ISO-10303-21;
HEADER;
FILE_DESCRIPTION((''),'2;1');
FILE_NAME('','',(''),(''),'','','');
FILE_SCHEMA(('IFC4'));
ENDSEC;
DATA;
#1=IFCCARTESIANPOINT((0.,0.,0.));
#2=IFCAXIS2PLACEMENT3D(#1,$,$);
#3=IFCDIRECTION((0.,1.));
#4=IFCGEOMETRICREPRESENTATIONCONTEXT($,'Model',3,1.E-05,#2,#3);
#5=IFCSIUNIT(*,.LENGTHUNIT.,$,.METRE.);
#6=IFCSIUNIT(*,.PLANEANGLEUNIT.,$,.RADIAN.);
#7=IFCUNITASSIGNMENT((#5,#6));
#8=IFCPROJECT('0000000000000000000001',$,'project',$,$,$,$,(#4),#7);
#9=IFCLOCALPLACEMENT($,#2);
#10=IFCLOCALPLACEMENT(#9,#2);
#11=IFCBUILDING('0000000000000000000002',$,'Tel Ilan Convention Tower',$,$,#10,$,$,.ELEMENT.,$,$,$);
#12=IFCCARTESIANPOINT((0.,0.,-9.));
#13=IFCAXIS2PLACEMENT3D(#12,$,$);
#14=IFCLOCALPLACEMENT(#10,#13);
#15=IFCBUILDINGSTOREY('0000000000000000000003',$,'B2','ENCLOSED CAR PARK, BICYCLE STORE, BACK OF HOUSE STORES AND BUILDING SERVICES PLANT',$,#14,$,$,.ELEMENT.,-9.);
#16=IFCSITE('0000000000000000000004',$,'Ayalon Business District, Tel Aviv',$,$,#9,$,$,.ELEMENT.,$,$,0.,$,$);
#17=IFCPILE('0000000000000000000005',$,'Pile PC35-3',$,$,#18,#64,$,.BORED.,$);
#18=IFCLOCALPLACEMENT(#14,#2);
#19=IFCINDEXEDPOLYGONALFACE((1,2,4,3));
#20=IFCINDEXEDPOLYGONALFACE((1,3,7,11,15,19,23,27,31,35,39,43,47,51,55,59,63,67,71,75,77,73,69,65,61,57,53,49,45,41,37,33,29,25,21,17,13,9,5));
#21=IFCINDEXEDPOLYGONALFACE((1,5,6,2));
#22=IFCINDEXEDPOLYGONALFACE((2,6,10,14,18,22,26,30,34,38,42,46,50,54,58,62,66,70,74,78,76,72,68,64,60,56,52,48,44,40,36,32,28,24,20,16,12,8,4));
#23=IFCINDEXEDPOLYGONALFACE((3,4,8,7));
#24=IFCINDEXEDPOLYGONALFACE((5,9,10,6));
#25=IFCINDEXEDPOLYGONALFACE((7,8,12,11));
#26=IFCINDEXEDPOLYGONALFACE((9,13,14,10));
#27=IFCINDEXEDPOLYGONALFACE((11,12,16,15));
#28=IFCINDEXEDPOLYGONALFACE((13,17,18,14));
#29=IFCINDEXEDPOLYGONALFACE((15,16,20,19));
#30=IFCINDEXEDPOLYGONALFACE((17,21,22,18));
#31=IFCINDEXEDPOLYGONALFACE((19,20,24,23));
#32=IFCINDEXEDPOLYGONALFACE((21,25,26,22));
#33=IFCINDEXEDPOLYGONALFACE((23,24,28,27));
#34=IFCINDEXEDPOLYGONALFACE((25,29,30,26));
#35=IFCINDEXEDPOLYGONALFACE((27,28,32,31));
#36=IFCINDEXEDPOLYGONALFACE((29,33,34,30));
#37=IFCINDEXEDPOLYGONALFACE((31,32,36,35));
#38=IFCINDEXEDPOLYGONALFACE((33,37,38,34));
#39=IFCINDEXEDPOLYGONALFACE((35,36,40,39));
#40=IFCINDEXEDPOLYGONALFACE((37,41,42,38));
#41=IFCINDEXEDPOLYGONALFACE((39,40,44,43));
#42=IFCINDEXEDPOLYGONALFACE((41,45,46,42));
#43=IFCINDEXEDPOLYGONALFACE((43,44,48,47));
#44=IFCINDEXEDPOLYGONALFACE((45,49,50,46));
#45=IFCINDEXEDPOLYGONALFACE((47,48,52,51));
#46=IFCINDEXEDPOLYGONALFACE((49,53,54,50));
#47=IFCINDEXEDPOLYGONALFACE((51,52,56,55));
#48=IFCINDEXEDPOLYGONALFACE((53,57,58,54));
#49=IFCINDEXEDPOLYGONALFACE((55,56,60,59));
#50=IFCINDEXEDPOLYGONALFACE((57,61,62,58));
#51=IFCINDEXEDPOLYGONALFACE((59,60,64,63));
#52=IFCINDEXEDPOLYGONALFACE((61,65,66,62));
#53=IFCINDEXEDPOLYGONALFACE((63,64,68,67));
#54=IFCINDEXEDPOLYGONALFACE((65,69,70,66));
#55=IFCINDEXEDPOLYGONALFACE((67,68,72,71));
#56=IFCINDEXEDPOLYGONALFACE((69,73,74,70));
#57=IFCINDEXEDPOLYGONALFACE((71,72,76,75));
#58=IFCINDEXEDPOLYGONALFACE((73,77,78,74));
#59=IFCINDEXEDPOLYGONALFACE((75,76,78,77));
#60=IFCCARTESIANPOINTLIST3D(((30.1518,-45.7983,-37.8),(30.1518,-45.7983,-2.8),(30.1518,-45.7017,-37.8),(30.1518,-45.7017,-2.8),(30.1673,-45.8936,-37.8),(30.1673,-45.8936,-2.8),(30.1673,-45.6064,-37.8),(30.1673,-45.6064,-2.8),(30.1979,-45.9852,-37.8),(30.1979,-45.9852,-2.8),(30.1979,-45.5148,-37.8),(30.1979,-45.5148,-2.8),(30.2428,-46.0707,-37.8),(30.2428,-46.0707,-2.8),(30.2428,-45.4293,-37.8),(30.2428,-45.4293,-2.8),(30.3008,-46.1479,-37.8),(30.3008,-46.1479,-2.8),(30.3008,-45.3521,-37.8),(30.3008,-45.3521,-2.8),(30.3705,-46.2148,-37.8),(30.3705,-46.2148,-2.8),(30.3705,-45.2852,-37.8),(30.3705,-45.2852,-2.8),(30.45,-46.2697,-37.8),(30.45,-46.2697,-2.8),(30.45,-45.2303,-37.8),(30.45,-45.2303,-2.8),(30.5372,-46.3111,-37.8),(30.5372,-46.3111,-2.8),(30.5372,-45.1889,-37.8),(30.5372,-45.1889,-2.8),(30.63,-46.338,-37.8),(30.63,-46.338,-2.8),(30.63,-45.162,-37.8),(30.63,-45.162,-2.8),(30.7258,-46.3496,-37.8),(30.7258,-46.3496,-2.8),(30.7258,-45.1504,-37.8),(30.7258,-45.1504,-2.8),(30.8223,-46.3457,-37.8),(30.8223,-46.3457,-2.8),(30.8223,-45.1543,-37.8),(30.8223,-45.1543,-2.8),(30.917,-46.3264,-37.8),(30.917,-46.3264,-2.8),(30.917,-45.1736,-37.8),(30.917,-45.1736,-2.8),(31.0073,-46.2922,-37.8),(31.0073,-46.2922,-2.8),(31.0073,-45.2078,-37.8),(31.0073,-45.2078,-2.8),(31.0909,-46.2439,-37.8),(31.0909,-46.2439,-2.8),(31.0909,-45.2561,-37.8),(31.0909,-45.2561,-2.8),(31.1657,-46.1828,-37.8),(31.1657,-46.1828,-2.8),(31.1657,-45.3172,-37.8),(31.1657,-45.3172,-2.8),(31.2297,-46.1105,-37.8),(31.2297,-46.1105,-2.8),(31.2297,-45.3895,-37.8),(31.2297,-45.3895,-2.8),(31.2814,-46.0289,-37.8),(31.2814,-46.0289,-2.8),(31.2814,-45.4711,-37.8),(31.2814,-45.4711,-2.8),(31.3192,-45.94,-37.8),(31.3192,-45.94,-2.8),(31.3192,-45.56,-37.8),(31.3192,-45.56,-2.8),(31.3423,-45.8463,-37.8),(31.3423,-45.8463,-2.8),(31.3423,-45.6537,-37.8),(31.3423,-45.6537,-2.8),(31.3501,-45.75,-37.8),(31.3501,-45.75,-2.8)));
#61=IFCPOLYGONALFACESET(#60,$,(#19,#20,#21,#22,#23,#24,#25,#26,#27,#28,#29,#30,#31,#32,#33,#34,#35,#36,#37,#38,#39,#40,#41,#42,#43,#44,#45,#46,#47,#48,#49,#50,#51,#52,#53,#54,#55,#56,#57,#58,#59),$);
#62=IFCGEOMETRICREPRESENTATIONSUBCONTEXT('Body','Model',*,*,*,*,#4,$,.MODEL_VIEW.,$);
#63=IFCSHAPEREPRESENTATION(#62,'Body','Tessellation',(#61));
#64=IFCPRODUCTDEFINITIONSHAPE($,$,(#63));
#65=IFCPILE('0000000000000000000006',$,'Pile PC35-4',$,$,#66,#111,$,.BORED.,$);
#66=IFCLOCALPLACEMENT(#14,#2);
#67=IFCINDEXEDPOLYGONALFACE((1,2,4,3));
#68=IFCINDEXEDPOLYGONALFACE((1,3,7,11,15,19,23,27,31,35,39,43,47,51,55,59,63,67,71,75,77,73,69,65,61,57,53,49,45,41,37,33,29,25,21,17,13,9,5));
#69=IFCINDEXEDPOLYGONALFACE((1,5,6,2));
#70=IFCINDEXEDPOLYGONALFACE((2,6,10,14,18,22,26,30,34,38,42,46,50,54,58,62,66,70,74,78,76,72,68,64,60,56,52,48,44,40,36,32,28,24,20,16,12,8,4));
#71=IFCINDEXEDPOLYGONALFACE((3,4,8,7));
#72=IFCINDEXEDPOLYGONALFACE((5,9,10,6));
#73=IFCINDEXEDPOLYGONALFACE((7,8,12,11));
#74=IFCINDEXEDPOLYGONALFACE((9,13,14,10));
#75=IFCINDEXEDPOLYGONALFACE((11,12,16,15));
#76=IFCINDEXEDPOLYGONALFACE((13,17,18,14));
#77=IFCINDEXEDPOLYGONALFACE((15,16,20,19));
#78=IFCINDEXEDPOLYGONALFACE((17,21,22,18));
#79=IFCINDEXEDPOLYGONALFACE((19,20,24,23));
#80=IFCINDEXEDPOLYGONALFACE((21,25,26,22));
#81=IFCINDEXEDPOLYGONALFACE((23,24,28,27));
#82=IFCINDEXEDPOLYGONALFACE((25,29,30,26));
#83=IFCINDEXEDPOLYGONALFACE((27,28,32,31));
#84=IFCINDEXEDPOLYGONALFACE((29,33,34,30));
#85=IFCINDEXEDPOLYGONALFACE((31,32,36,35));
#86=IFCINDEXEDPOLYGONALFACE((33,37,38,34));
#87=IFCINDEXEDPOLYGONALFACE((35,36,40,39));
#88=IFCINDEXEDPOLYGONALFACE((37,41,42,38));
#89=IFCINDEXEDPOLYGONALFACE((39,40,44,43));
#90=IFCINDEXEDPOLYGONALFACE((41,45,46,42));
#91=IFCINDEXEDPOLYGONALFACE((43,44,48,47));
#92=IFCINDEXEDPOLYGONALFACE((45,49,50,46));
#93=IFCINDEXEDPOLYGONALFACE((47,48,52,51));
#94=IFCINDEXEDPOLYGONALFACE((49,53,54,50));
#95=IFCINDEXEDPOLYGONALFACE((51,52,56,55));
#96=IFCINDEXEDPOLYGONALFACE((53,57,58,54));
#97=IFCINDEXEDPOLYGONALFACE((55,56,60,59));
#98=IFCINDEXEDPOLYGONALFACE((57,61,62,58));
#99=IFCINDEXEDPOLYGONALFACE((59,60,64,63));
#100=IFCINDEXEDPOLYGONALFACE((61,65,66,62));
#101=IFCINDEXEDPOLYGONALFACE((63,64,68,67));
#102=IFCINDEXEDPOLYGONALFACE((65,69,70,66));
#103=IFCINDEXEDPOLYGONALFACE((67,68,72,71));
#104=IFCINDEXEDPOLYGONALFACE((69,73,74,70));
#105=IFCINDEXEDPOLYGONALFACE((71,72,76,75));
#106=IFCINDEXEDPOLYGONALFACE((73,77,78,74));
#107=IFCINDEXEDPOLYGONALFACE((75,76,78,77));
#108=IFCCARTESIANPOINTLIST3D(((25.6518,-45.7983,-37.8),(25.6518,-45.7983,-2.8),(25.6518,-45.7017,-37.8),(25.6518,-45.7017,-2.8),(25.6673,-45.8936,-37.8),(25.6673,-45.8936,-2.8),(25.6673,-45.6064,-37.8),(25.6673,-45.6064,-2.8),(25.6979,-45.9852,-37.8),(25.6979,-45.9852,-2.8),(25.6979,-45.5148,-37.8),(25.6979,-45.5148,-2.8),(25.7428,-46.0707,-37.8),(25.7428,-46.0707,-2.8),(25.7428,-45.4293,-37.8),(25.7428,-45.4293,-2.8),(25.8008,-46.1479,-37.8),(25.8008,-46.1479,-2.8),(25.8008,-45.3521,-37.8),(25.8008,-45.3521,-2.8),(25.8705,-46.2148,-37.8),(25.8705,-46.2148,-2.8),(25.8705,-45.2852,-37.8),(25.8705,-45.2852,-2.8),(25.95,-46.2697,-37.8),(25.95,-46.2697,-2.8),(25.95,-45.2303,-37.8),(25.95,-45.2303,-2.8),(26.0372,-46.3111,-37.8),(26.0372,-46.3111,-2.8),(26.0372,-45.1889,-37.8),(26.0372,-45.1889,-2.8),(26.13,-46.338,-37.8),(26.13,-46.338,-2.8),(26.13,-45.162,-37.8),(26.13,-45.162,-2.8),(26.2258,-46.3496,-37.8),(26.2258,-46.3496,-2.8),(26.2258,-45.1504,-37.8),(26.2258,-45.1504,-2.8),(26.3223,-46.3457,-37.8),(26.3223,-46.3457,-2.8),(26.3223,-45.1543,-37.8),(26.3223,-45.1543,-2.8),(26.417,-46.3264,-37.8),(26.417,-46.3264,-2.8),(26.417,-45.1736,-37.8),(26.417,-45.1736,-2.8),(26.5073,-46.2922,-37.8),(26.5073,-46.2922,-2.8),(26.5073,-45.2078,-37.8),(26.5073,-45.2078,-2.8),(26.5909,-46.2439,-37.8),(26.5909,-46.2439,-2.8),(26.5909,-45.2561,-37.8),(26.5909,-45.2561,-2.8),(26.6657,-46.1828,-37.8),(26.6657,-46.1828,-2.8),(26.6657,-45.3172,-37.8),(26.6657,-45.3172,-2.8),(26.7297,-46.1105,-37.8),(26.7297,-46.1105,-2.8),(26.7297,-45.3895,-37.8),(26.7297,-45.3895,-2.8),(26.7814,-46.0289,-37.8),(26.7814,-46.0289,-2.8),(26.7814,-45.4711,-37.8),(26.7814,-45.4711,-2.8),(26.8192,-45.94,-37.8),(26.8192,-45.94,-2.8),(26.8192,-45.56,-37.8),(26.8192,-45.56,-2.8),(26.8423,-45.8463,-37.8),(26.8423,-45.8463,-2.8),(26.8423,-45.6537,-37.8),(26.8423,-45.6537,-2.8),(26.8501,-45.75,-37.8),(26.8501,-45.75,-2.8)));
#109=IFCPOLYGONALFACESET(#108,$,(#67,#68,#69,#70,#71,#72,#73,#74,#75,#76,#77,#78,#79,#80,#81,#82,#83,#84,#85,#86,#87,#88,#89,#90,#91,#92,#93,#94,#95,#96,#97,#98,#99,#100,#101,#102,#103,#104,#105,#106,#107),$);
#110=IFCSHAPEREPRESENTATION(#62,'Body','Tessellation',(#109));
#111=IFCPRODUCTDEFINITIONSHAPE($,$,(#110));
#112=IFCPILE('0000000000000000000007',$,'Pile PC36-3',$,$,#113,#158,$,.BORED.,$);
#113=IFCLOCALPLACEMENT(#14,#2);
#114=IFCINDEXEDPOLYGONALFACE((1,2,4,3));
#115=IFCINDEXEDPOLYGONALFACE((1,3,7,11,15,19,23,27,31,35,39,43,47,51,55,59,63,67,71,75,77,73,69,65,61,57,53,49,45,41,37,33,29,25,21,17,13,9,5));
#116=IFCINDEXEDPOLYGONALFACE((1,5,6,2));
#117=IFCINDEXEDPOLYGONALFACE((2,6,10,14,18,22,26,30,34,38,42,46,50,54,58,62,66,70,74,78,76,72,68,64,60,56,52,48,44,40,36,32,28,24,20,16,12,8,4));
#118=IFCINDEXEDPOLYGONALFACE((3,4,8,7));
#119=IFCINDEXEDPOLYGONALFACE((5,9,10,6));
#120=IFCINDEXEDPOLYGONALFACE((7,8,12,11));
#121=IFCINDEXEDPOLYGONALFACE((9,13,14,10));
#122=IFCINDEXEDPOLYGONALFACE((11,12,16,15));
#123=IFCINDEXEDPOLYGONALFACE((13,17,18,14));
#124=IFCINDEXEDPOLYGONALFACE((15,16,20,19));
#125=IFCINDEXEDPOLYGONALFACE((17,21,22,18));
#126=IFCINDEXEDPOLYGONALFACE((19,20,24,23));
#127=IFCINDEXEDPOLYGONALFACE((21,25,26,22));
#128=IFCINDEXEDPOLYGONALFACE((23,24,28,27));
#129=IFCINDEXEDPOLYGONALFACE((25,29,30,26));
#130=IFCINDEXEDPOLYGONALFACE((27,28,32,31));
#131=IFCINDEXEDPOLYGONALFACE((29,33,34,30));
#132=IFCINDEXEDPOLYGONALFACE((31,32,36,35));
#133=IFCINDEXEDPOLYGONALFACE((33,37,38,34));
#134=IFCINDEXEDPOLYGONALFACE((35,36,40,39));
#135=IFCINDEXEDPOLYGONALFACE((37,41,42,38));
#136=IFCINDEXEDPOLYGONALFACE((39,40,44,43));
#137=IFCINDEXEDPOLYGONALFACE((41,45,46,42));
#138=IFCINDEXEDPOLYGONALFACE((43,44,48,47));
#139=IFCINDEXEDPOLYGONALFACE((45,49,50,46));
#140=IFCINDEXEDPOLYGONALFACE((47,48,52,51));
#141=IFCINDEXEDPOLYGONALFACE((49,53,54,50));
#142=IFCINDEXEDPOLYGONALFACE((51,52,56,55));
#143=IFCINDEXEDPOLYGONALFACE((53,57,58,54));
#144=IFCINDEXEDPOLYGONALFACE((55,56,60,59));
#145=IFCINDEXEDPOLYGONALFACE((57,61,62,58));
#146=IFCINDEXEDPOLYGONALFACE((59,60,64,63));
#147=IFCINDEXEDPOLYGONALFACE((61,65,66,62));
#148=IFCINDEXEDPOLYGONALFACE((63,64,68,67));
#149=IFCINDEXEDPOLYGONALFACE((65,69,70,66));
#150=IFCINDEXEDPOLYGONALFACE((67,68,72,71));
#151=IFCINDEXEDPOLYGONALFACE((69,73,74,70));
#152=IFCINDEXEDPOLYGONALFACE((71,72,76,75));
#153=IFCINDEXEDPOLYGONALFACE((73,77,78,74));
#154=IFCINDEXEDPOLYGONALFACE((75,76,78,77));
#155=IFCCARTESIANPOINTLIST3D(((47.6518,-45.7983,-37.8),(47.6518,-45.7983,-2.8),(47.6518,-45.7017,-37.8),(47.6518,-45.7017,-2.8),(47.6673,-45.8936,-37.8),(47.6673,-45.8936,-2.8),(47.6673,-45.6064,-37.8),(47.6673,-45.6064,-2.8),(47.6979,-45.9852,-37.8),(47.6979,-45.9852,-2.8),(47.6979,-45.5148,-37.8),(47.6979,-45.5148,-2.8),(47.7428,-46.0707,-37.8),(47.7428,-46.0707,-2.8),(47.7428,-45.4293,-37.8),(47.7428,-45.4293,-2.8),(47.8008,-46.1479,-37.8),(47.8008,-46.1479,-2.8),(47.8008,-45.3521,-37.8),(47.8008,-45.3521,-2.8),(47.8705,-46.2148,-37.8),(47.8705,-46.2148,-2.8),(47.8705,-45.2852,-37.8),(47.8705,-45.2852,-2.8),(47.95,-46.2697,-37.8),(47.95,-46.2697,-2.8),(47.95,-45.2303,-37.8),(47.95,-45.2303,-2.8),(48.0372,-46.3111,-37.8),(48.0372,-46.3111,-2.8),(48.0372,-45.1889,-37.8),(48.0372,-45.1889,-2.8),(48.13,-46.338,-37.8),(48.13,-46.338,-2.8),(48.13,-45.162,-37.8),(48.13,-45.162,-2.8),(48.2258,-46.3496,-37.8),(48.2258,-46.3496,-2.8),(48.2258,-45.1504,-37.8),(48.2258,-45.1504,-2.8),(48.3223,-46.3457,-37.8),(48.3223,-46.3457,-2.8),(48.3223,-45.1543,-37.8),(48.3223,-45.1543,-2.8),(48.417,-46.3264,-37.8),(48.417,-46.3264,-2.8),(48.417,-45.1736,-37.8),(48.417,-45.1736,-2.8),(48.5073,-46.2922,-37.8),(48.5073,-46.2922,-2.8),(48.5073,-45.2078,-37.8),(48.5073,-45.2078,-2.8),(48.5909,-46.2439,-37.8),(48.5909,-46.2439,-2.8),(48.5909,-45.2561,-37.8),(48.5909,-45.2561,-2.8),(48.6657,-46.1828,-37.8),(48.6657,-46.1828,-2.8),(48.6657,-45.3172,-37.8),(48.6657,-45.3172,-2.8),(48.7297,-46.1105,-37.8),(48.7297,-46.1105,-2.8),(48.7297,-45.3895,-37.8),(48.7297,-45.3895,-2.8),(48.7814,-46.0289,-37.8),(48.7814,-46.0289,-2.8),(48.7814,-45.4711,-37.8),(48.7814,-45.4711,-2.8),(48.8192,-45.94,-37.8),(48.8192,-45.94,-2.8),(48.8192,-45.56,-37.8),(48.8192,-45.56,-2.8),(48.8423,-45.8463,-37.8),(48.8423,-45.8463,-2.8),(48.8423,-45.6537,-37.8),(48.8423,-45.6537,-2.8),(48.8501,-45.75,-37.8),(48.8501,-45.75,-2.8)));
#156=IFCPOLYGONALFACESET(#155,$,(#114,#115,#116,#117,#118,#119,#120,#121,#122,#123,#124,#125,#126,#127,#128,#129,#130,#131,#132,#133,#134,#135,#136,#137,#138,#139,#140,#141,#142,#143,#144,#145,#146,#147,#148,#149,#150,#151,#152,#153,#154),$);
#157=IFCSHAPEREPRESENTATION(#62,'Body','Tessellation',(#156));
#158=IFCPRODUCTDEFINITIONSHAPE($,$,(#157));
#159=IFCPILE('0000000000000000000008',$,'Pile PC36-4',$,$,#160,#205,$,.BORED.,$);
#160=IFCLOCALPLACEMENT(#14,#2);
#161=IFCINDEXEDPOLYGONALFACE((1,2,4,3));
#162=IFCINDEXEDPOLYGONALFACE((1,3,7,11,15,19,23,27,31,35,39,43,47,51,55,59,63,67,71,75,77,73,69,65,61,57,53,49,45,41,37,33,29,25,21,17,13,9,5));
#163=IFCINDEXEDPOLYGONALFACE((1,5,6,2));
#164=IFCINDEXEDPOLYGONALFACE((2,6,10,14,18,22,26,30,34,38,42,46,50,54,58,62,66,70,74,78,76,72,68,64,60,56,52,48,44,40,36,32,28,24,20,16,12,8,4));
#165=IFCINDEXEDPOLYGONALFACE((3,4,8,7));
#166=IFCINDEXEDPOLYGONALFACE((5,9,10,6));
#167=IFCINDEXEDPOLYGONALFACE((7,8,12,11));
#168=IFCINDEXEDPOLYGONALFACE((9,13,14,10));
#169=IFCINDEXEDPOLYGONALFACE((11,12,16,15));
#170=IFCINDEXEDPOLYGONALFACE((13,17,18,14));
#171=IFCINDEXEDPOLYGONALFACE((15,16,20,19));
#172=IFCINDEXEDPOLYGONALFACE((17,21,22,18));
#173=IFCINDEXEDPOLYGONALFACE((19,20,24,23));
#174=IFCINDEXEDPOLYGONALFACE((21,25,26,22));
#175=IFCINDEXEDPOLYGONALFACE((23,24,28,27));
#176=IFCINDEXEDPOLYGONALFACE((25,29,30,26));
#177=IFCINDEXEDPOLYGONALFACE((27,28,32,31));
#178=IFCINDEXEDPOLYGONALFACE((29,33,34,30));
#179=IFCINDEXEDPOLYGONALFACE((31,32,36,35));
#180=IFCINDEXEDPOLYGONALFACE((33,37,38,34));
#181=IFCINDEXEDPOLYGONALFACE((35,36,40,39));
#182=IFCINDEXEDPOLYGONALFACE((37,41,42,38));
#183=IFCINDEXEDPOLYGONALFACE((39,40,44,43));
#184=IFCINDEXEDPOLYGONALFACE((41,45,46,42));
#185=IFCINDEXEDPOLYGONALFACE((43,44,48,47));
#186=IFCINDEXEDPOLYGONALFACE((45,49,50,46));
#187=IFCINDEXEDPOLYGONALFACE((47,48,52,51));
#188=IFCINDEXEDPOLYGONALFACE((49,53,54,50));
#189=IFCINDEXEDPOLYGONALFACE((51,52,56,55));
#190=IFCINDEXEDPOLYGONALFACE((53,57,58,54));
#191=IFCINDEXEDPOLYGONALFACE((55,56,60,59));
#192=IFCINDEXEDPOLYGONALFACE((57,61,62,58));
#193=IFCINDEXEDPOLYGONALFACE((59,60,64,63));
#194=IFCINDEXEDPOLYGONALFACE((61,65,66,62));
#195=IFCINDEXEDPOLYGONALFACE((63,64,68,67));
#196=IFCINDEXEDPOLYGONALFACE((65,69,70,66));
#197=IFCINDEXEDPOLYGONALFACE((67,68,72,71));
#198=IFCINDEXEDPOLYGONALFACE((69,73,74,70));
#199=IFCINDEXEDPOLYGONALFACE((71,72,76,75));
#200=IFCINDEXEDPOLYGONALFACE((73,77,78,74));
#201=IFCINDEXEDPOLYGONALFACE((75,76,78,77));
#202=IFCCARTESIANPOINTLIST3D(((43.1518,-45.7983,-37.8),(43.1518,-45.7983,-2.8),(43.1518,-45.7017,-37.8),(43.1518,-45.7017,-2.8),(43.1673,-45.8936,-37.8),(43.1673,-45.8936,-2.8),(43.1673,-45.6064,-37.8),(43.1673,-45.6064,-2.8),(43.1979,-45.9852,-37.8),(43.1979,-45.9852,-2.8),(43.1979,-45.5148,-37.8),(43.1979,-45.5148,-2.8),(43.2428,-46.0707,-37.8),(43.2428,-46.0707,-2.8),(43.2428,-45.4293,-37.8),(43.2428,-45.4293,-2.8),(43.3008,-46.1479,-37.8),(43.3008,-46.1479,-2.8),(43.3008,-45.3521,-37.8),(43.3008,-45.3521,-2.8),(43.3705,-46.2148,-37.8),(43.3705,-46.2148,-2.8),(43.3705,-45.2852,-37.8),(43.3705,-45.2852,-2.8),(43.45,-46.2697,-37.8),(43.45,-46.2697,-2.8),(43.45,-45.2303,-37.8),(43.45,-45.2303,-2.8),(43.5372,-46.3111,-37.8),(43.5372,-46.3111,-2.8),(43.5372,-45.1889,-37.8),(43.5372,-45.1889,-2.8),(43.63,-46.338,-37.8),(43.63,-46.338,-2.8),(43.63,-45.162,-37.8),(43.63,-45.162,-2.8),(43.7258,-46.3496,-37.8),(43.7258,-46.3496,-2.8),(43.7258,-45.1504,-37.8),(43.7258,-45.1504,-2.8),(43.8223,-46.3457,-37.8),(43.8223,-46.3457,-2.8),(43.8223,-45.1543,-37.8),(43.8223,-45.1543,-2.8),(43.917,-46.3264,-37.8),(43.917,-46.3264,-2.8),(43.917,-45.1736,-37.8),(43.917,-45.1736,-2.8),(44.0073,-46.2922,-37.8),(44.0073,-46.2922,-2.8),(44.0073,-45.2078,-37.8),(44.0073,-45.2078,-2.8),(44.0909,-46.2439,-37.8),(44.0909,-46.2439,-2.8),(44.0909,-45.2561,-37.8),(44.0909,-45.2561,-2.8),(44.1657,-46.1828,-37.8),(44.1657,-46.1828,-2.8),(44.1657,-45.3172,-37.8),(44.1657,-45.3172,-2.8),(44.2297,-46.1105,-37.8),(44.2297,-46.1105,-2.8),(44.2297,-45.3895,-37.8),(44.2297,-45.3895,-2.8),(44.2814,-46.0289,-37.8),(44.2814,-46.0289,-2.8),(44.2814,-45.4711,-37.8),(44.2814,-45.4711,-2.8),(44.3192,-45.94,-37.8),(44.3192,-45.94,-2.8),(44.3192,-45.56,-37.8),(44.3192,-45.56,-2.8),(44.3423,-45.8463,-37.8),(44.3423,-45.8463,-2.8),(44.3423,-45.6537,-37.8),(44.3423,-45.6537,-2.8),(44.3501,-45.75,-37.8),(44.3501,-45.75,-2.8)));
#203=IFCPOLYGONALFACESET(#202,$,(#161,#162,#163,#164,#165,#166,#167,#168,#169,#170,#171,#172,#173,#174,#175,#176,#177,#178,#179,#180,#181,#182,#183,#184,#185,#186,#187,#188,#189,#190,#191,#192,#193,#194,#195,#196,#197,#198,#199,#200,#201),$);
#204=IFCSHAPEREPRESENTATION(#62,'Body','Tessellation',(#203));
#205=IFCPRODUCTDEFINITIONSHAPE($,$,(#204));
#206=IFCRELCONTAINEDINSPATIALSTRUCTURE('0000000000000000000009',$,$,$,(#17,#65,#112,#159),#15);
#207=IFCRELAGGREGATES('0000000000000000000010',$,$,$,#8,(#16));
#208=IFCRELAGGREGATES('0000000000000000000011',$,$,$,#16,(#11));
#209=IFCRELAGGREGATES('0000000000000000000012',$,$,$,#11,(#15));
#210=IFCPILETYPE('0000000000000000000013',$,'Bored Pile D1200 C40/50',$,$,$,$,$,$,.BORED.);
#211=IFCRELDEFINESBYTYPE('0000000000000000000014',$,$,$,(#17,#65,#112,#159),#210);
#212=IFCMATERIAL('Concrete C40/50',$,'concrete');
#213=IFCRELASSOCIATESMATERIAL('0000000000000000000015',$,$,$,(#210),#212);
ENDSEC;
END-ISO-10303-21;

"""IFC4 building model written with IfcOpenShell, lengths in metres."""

from ifc_helpers import new_model, si_unit, direction, frame, origin, origin_2d, place, context, subcontext, project, spatial, circle, extrude, material, material_profile, profile_set, type_object, element, save


model = new_model("IFC4")

# Units and contexts
model_context = context("Model", 3, precision=1e-05, world=origin(), true_north=direction((0.0, 1.0)))
body_context = subcontext(model_context, "Body", "Model", "MODEL_VIEW")
ifc_project = project(units=[si_unit("LENGTHUNIT", "METRE"), si_unit("PLANEANGLEUNIT", "RADIAN")], contexts=[model_context])

# Site, building, storey
site_placement = place(None, origin())
site = spatial("IfcSite", under=ifc_project, at=site_placement, Name="Ayalon Business District, Tel Aviv", CompositionType="ELEMENT", RefElevation=0.0)
building_placement = place(site_placement, origin())
building = spatial("IfcBuilding", under=site, at=building_placement, Name="Tel Ilan Convention Tower", CompositionType="ELEMENT")
storey_placement = place(building_placement, frame((0.0, 0.0, -9.0)))
storey = spatial("IfcBuildingStorey", under=building, at=storey_placement, Name="B2", Description="ENCLOSED CAR PARK, BICYCLE STORE, BACK OF HOUSE STORES AND BUILDING SERVICES PLANT", CompositionType="ELEMENT", Elevation=-9.0)

# Piles
ifc_material_1 = material(Name="Concrete C40/50", Category="concrete")
ifc_material_profile_1 = material_profile(ifc_material_1, circle(Radius=0.6001, at=origin_2d()), Name="BORED D1200")
ifc_profile_set_1 = profile_set([ifc_material_profile_1], Name="Concrete C40/50")
pile_type_1 = type_object("IfcPileType", Name="Bored Pile D1200 C40/50", PredefinedType="BORED", material=ifc_profile_set_1)
for number, where, z_axis, x_axis, name in (
    (1, (30.75, -45.75, -2.8), (0.0, 0.0, -1.0), (1.0, 0.0, 0.0), "Pile PC35-3"),
    (2, (26.25, -45.75, -2.8), (0.0, 0.0, -1.0), (1.0, 0.0, 0.0), "Pile PC35-4"),
    (3, (48.25, -45.75, -2.8), (0.0, 0.0, -1.0), (1.0, 0.0, 0.0), "Pile PC36-3"),
    (4, (43.75, -45.75, -2.8), (0.0, 0.0, -1.0), (1.0, 0.0, 0.0), "Pile PC36-4"),
):
    element("IfcPile", number, at=place(storey_placement, frame(where, z_axis=z_axis, x_axis=x_axis)), inside=storey, type_object=pile_type_1, Name=name, PredefinedType="BORED", context=body_context, shape_type="SweptSolid", body=[
        extrude(circle(Radius=0.6001, at=origin_2d()), origin(), (0.0, 0.0, 1.0), 35.0),
    ])

save(model, "model.ifc")
